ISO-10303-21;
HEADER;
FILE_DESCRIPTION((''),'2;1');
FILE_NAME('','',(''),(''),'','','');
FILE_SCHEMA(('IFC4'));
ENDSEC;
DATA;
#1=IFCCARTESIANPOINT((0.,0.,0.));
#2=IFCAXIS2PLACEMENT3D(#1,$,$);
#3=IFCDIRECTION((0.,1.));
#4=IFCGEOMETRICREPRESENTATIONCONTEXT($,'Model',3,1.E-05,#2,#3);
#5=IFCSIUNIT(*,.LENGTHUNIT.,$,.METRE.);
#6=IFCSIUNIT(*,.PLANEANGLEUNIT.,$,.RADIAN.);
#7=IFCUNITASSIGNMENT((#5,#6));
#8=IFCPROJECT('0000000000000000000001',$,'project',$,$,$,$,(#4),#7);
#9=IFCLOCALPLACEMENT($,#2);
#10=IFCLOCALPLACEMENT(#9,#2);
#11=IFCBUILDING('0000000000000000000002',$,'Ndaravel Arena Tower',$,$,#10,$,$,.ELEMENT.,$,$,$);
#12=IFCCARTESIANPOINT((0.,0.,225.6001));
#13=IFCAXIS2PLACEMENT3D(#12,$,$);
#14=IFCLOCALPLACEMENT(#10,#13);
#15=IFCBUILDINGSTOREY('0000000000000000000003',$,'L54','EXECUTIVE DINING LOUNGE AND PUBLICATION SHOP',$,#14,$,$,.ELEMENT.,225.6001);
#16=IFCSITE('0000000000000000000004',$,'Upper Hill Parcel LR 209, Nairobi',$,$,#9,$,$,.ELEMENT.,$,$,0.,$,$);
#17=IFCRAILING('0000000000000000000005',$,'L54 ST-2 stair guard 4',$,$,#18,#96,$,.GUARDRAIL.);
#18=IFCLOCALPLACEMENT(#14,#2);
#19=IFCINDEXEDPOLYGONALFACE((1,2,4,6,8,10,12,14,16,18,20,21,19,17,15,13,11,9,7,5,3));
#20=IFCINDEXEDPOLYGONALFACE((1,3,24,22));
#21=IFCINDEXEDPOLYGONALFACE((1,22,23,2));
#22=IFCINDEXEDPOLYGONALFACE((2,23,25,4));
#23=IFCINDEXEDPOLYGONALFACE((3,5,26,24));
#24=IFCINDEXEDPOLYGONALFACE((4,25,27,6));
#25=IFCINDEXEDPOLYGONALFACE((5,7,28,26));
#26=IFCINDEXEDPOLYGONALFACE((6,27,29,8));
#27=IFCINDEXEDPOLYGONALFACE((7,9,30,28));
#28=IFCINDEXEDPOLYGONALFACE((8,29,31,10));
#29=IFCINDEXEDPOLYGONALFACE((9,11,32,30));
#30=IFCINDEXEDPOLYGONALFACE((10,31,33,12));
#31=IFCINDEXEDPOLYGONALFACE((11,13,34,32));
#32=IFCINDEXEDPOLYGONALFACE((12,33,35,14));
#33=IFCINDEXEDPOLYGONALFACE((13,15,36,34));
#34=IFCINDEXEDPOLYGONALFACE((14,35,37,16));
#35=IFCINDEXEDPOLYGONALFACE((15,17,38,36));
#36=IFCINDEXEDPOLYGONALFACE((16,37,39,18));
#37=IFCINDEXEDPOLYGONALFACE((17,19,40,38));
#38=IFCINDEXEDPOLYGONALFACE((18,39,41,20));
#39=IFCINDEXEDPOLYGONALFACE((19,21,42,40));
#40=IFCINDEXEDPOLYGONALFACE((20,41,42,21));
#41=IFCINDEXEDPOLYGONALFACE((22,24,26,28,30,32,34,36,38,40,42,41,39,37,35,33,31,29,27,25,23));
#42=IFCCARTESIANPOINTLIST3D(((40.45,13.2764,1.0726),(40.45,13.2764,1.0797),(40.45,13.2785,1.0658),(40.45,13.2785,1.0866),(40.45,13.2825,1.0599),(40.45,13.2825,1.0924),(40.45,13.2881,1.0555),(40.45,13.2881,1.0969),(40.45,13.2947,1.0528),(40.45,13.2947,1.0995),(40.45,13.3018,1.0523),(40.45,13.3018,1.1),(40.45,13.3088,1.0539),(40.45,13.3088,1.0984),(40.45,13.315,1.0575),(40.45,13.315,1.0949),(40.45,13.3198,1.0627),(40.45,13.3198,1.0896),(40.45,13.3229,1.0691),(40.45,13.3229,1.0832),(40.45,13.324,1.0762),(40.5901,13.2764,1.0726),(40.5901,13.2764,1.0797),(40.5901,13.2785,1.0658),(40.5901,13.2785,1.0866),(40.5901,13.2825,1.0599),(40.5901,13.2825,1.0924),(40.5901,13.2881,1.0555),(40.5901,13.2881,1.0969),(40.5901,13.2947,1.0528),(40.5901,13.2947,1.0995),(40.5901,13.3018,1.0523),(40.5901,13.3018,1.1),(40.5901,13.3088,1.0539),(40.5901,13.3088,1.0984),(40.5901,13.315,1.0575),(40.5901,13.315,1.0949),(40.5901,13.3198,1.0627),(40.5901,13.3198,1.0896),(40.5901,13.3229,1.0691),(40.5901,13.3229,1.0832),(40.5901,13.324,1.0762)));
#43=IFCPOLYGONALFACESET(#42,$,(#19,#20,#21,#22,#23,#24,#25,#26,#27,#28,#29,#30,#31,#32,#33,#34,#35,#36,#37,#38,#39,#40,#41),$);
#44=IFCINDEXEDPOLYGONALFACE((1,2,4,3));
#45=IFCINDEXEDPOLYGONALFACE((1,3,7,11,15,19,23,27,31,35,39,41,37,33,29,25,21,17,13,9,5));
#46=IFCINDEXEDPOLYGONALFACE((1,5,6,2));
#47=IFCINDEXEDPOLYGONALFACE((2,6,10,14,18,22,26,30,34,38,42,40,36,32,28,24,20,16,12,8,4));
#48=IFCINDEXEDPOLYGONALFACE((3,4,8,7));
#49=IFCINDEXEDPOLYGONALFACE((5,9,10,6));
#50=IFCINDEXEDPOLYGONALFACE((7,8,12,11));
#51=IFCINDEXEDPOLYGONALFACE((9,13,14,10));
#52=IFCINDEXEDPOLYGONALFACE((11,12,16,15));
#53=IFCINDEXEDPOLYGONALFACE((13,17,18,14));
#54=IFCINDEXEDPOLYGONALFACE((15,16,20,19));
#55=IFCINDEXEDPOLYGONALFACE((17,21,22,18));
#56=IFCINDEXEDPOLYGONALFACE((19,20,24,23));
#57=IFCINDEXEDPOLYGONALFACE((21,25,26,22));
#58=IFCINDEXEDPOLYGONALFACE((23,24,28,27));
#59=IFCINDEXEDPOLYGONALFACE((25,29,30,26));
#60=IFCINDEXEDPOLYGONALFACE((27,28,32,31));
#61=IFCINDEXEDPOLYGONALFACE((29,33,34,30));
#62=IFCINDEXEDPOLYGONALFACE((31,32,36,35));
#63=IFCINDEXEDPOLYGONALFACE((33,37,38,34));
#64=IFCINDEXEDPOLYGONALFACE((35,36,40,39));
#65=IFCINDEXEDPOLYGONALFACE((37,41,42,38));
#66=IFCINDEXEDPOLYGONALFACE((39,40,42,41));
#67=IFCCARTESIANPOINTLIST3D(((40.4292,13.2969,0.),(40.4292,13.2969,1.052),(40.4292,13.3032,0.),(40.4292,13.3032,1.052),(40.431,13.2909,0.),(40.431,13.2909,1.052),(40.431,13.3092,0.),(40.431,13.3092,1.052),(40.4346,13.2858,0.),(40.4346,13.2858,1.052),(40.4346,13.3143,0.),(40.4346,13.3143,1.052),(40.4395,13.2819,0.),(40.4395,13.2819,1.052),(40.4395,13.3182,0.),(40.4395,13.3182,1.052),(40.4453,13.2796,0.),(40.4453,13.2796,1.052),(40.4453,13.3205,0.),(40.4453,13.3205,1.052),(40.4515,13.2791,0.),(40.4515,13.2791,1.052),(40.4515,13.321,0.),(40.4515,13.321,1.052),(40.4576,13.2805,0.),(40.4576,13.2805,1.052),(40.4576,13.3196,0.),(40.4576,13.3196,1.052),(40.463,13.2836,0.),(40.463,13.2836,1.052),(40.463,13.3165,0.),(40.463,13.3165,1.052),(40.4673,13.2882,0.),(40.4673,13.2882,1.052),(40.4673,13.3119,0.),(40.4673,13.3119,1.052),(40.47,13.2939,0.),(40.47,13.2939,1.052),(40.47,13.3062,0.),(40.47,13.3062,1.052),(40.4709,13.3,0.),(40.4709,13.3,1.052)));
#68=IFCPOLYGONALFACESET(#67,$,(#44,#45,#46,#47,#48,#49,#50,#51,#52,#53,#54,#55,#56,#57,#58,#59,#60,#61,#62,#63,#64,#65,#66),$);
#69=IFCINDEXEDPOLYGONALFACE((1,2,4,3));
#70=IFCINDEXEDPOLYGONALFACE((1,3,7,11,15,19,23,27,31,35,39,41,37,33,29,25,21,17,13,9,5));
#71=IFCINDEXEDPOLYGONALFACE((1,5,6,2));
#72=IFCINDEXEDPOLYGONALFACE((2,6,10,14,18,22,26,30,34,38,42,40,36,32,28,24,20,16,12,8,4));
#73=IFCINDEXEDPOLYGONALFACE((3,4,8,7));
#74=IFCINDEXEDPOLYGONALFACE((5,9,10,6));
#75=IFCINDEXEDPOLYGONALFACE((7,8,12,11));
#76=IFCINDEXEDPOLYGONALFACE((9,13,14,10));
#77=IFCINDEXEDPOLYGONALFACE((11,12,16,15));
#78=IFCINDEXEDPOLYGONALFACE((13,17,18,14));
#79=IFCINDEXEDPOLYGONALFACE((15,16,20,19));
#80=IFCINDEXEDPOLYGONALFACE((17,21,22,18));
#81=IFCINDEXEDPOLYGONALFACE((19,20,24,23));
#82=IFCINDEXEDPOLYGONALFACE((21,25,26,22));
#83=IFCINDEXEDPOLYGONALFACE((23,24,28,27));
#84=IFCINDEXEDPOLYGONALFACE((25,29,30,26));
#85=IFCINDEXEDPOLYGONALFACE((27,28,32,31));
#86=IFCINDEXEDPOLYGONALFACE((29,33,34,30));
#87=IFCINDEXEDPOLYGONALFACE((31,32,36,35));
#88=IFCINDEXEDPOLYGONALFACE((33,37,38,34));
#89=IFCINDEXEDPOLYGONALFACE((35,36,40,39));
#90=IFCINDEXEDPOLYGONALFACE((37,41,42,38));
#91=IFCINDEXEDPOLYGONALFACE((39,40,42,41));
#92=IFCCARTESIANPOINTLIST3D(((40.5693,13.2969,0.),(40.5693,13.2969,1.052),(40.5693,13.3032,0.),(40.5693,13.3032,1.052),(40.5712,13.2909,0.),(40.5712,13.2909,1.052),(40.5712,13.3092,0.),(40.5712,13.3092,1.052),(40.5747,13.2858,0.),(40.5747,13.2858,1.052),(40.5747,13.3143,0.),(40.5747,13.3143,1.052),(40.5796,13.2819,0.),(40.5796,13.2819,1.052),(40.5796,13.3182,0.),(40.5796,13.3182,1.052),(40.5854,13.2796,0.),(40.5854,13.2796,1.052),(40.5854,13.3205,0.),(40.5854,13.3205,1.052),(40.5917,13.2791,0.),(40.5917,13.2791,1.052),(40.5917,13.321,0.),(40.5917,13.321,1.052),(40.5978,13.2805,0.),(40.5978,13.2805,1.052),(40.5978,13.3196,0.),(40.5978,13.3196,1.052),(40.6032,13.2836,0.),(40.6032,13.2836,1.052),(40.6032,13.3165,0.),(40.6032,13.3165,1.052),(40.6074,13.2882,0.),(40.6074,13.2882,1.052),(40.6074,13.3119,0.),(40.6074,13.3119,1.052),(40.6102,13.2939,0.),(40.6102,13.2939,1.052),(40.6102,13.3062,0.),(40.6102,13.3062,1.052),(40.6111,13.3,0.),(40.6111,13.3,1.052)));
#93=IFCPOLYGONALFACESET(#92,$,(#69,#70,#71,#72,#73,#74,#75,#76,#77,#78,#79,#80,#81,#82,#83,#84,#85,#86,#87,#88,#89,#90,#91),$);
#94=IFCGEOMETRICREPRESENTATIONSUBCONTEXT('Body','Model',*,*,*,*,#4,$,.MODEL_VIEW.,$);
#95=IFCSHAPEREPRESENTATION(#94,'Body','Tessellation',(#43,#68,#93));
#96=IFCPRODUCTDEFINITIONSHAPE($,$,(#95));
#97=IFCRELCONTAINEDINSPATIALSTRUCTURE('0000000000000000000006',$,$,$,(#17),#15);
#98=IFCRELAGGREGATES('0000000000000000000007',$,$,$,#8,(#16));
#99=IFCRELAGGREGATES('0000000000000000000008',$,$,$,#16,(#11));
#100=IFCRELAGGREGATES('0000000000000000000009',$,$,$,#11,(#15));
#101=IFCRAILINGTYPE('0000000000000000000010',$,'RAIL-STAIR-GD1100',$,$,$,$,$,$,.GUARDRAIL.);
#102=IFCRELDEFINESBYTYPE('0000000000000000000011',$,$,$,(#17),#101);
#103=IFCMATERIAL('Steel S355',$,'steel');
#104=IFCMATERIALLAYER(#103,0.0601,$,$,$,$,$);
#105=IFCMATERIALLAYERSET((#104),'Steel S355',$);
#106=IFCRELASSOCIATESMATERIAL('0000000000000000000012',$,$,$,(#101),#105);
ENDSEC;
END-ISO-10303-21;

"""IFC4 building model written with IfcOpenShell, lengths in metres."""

from ifc_helpers import new_model, si_unit, direction, frame, origin, origin_2d, place, context, subcontext, project, spatial, circle, extrude, material, layer, layer_set, type_object, element, save


model = new_model("IFC4")

# Units and contexts
model_context = context("Model", 3, precision=1e-05, world=origin(), true_north=direction((0.0, 1.0)))
body_context = subcontext(model_context, "Body", "Model", "MODEL_VIEW")
ifc_project = project(units=[si_unit("LENGTHUNIT", "METRE"), si_unit("PLANEANGLEUNIT", "RADIAN")], contexts=[model_context])

# Site, building, storey
site_placement = place(None, origin())
site = spatial("IfcSite", under=ifc_project, at=site_placement, Name="Upper Hill Parcel LR 209, Nairobi", CompositionType="ELEMENT", RefElevation=0.0)
building_placement = place(site_placement, origin())
building = spatial("IfcBuilding", under=site, at=building_placement, Name="Ndaravel Arena Tower", CompositionType="ELEMENT")
storey_placement = place(building_placement, frame((0.0, 0.0, 225.6001)))
storey = spatial("IfcBuildingStorey", under=building, at=storey_placement, Name="L54", Description="EXECUTIVE DINING LOUNGE AND PUBLICATION SHOP", CompositionType="ELEMENT", Elevation=225.6001)

# Railing
ifc_material_1 = material(Name="Steel S355", Category="steel")
ifc_layer_1 = layer(ifc_material_1, 0.0601)
ifc_layer_set_1 = layer_set([ifc_layer_1], Name="Steel S355")
railing_type_1 = type_object("IfcRailingType", Name="RAIL-STAIR-GD1100", PredefinedType="GUARDRAIL", material=ifc_layer_set_1)
railing_1_placement = place(storey_placement, frame((40.45, 13.3, 0.0)))
element("IfcRailing", 1, at=railing_1_placement, inside=storey, type_object=railing_type_1, Name="L54 ST-2 stair guard 4", PredefinedType="GUARDRAIL", context=body_context, shape_type="SweptSolid", body=[
    extrude(circle(Radius=0.0239, at=origin_2d()), frame((0.0, 0.0, 1.0762), z_axis=(1.0, 0.0, 0.0), x_axis=(0.0, 1.0, 0.0)), (0.0, 0.0, 1.0), 0.1401),
    extrude(circle(Radius=0.021, at=origin_2d()), origin(), (0.0, 0.0, 1.0), 1.052),
    extrude(circle(Radius=0.021, at=origin_2d()), frame((0.1401, 0.0, 0.0)), (0.0, 0.0, 1.0), 1.052),
])

save(model, "model.ifc")
